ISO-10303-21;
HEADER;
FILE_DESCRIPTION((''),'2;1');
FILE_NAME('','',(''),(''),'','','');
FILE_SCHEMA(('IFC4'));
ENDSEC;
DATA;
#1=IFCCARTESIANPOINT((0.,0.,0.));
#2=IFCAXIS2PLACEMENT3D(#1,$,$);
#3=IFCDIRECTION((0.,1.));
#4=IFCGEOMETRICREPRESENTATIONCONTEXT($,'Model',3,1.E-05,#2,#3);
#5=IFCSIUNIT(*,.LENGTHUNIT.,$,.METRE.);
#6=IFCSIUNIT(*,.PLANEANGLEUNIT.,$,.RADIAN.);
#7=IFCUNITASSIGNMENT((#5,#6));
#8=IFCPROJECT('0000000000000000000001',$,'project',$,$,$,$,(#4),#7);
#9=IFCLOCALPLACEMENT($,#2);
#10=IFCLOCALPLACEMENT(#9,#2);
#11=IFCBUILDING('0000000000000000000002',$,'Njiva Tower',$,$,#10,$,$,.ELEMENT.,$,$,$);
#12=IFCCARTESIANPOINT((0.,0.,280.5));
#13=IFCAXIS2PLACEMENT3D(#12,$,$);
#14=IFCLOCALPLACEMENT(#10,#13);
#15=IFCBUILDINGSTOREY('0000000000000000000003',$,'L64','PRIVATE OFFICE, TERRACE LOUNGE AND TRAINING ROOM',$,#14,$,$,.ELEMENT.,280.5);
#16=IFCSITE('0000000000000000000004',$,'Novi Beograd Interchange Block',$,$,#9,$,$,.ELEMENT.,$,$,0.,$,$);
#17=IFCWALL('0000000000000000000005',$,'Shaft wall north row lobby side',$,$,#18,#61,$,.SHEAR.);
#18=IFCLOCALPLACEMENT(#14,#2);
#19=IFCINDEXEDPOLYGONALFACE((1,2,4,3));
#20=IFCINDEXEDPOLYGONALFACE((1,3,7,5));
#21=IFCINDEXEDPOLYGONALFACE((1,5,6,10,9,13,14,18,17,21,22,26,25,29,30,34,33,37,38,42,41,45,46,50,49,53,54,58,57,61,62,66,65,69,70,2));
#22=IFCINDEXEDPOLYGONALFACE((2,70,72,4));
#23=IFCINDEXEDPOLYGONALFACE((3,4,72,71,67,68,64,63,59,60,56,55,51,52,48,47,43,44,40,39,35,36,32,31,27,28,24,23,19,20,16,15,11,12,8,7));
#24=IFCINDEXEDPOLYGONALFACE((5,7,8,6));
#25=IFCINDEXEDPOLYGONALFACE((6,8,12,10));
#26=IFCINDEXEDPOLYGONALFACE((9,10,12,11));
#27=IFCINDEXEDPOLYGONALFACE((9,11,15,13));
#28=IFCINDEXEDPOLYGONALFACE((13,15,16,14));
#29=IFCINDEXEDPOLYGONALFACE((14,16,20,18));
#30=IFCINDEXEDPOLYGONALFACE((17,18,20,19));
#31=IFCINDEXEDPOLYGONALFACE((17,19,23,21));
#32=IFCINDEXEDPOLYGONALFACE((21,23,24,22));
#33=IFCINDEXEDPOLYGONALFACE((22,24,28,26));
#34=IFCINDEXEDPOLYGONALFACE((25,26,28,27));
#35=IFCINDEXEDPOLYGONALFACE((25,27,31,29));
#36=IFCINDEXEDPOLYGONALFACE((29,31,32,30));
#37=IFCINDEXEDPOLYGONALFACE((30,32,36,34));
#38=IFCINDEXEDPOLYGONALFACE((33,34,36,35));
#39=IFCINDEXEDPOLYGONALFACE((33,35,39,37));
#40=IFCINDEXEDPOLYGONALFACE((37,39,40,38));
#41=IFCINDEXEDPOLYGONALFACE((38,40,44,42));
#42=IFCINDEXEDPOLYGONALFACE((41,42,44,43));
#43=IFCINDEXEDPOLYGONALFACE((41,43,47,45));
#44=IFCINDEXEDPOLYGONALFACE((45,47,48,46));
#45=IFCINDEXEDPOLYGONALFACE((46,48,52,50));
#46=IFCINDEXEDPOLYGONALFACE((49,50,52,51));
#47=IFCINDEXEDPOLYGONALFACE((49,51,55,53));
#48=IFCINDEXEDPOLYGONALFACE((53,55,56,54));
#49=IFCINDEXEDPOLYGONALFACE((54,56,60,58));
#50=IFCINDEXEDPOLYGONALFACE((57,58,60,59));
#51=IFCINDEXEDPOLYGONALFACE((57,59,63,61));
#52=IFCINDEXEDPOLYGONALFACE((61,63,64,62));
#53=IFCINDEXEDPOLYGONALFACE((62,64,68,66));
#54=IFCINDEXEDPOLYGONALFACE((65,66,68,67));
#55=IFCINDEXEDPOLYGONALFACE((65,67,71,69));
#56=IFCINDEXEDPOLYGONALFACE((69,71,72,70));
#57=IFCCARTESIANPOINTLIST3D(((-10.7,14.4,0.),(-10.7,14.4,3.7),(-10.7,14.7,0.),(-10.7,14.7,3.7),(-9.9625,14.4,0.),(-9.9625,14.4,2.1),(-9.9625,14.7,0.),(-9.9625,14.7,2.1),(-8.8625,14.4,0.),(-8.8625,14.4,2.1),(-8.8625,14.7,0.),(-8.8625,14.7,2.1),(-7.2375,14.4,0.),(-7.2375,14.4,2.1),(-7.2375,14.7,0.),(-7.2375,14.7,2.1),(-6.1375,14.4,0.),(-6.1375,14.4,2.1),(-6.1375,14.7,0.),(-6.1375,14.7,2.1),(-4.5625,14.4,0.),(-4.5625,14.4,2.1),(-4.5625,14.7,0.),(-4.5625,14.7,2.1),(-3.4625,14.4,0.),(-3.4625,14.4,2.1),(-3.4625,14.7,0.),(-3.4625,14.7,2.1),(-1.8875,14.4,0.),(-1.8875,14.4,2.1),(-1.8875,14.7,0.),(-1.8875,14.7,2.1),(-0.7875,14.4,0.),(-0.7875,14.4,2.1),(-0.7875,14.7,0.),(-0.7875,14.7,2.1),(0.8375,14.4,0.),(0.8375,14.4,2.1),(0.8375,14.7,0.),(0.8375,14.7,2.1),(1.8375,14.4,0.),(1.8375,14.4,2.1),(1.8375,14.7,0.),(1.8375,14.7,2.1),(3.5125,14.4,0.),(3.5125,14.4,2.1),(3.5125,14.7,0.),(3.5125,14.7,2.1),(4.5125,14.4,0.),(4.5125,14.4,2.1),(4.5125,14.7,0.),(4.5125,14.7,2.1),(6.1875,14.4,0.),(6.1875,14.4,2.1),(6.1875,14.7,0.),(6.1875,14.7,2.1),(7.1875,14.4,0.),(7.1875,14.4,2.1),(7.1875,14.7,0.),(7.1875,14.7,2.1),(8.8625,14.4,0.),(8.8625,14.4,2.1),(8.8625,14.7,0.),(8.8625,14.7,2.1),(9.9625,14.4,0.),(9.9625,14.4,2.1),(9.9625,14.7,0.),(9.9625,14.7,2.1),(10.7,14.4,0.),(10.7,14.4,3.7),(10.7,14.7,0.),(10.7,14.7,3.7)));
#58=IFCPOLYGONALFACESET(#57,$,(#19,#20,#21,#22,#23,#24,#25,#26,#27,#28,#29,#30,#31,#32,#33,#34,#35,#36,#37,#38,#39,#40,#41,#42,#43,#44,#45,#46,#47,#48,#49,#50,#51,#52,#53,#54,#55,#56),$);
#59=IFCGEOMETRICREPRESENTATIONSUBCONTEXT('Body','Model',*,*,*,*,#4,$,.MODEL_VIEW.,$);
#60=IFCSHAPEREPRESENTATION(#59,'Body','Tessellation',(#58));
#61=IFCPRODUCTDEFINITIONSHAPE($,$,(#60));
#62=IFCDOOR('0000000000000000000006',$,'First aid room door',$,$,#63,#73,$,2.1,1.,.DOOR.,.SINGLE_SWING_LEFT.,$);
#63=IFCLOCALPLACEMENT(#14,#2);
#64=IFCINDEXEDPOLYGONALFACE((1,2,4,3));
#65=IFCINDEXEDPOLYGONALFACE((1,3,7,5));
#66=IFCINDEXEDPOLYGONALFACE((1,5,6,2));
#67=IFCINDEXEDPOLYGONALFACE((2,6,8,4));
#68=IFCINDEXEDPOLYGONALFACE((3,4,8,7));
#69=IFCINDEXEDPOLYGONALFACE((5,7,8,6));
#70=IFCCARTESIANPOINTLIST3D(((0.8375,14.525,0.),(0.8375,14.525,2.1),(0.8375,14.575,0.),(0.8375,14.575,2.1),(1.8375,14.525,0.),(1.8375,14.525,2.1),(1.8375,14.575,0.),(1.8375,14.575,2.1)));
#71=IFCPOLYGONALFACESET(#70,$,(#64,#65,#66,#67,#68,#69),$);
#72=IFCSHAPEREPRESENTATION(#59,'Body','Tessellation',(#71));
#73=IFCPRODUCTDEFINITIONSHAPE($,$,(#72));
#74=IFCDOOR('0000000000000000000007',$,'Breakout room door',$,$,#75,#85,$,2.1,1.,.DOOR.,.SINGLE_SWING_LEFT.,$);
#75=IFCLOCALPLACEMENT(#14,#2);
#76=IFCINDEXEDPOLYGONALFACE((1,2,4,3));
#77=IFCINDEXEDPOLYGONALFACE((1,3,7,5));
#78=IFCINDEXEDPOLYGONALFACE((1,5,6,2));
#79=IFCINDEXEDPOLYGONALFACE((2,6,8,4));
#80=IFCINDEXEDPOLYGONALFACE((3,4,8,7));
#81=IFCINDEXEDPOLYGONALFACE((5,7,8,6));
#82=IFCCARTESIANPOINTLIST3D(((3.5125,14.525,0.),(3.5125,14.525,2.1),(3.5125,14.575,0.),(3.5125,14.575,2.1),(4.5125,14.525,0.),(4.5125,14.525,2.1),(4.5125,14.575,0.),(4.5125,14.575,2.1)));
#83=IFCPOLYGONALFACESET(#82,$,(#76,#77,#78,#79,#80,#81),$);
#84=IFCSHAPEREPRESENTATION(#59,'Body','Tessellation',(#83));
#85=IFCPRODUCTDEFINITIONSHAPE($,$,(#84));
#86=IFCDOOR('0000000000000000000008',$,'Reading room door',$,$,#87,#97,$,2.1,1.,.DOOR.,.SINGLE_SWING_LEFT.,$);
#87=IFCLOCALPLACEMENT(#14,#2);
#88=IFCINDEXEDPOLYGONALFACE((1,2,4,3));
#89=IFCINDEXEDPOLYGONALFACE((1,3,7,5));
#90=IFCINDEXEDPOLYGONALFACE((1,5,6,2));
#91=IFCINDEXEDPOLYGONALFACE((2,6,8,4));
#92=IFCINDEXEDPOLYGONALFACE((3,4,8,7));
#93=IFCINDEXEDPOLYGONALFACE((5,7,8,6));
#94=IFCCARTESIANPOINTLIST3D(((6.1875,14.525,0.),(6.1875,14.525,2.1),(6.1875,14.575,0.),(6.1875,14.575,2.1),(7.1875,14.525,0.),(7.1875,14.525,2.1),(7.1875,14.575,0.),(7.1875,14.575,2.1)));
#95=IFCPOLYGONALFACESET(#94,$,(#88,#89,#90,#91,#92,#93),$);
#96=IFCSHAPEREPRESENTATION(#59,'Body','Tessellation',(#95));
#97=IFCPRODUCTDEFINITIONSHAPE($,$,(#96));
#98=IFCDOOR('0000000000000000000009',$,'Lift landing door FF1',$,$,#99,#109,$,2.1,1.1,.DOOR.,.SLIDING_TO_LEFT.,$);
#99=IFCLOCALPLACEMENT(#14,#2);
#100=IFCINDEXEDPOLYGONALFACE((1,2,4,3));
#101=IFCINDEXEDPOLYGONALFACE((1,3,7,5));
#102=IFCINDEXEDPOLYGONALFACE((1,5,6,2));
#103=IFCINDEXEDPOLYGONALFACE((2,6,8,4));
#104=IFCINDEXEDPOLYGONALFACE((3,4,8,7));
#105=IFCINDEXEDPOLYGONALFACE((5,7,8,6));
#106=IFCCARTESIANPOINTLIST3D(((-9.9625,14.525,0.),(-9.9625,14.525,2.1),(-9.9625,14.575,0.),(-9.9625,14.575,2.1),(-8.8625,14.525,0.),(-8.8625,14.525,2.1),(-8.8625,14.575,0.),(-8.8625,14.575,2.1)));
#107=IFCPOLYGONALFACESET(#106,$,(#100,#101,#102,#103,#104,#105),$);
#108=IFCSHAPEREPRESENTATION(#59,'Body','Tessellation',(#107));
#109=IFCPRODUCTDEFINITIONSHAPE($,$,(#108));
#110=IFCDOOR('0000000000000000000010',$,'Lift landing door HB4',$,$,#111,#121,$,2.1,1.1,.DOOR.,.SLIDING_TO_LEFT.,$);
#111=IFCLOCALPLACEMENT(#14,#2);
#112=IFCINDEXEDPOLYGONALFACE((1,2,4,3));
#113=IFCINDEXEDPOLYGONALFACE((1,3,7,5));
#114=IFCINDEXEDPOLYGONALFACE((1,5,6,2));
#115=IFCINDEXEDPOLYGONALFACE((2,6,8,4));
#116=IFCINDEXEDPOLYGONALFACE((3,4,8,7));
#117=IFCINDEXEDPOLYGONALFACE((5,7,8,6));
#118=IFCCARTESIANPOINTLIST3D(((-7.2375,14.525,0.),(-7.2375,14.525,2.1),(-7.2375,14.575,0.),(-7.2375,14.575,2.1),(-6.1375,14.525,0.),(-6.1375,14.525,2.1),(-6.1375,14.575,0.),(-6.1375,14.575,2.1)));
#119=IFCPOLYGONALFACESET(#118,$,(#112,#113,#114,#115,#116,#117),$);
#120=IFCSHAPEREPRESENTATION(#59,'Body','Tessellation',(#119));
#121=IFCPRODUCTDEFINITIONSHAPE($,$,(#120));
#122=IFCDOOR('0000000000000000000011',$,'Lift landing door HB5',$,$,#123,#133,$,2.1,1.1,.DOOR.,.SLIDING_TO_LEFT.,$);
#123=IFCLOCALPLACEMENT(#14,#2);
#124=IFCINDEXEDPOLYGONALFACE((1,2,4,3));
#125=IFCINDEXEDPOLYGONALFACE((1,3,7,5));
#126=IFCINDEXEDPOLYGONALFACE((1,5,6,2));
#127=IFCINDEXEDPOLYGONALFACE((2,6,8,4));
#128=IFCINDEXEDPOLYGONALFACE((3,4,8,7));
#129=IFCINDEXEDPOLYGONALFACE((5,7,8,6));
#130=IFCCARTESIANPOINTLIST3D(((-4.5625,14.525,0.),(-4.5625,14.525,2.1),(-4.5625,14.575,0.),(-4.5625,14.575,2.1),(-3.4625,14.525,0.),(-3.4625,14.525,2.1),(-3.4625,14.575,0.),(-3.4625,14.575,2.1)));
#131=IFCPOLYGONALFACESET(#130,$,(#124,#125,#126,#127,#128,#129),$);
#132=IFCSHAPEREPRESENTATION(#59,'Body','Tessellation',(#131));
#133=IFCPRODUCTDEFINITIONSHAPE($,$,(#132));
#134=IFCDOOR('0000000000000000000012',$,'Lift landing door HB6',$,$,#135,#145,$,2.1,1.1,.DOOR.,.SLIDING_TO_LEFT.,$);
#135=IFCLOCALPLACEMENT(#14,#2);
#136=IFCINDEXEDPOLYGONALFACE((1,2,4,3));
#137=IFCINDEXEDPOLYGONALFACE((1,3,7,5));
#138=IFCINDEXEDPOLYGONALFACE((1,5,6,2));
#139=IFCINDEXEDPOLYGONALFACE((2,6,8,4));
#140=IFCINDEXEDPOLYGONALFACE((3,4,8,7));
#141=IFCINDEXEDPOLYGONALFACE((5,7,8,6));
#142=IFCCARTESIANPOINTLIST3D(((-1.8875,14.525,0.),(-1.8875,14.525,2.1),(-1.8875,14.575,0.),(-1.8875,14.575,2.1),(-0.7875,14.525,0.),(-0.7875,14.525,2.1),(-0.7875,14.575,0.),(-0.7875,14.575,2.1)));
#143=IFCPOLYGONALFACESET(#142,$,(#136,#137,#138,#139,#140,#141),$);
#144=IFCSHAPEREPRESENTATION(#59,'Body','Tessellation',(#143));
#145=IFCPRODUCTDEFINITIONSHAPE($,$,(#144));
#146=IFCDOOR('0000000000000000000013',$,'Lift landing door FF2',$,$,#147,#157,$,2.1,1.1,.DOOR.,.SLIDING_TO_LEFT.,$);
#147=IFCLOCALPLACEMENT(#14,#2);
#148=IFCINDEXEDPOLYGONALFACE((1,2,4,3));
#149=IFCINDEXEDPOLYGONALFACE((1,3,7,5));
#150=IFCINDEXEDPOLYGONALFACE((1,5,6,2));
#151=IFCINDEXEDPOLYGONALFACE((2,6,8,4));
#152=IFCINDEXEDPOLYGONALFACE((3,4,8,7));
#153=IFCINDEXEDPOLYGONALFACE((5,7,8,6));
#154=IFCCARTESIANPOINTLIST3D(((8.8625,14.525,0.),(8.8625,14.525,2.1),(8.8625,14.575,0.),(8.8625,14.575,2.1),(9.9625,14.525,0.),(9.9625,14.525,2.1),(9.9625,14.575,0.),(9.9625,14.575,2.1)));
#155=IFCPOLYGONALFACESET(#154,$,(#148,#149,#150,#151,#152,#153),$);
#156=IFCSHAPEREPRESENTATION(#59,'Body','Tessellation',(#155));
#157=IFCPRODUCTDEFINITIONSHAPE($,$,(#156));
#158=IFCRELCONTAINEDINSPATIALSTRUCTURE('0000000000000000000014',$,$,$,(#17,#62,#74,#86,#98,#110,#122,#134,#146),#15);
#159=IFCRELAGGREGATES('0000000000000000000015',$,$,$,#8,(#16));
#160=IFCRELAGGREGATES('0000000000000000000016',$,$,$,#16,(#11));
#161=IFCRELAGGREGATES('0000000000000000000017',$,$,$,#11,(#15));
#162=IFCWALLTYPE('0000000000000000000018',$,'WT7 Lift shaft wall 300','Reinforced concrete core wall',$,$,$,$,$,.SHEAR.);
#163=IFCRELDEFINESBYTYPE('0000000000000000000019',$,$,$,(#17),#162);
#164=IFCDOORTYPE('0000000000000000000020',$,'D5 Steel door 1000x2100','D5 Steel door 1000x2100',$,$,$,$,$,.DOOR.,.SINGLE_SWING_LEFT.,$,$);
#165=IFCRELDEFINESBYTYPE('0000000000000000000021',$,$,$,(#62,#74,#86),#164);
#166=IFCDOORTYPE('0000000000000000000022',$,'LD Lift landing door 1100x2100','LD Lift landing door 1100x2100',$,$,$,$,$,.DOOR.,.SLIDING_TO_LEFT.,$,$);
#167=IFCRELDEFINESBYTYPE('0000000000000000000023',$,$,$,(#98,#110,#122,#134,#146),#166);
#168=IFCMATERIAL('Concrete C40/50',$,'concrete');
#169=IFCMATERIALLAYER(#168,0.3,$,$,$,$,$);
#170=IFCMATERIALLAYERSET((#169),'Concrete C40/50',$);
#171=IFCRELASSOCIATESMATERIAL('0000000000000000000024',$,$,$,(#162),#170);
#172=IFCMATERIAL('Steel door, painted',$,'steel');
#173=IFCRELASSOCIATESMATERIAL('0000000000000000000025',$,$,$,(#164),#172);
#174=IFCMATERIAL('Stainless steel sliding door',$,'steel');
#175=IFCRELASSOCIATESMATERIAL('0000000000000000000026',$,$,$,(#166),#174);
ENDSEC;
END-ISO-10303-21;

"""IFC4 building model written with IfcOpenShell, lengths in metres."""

from ifc_helpers import new_model, si_unit, direction, frame, frame_2d, origin, place, context, subcontext, project, spatial, rectangle, extrude, material, layer, layer_set, type_object, element, fill, save


model = new_model("IFC4")

# Units and contexts
model_context = context("Model", 3, precision=1e-05, world=origin(), true_north=direction((0.0, 1.0)))
body_context = subcontext(model_context, "Body", "Model", "MODEL_VIEW")
ifc_project = project(units=[si_unit("LENGTHUNIT", "METRE"), si_unit("PLANEANGLEUNIT", "RADIAN")], contexts=[model_context])

# Site, building, storey
site_placement = place(None, origin())
site = spatial("IfcSite", under=ifc_project, at=site_placement, Name="Novi Beograd Interchange Block", CompositionType="ELEMENT", RefElevation=0.0)
building_placement = place(site_placement, origin())
building = spatial("IfcBuilding", under=site, at=building_placement, Name="Njiva Tower", CompositionType="ELEMENT")
storey_placement = place(building_placement, frame((0.0, 0.0, 280.5)))
storey = spatial("IfcBuildingStorey", under=building, at=storey_placement, Name="L64", Description="PRIVATE OFFICE, TERRACE LOUNGE AND TRAINING ROOM", CompositionType="ELEMENT", Elevation=280.5)

# Shared definitions
ifc_material_1 = material(Name="Concrete C40/50", Category="concrete")

# Wall, openings, doors
ifc_layer_1 = layer(ifc_material_1, 0.3)
ifc_layer_set_1 = layer_set([ifc_layer_1], Name="Concrete C40/50")
wall_type_1 = type_object("IfcWallType", Name="WT7 Lift shaft wall 300", Description="Reinforced concrete core wall", PredefinedType="SHEAR", material=ifc_layer_set_1)
wall_1_placement = place(storey_placement, frame((-10.7, 14.55, 0.0), z_axis=(0.0, 0.0, 1.0), x_axis=(1.0, 0.0, 0.0)))
wall_1 = element("IfcWall", 1, at=wall_1_placement, inside=storey, type_object=wall_type_1, Name="Shaft wall north row lobby side", PredefinedType="SHEAR", context=body_context, shape_type="SweptSolid", body=[
    extrude(rectangle(XDim=21.4, YDim=0.3, at=frame_2d((10.7, 0.0))), origin(), (0.0, 0.0, 1.0), 3.7),
])
opening_1_placement = place(wall_1_placement, frame((0.7375, 0.0, 0.0)))
opening_1 = element("IfcOpeningElement", 2, at=opening_1_placement, cuts=wall_1, PredefinedType="OPENING", context=body_context, shape_type="SweptSolid", body=[
    extrude(rectangle(XDim=1.1, YDim=2.1, at=frame_2d((0.55, 1.05))), frame((0.0, 0.16, 0.0), z_axis=(0.0, -1.0, 0.0), x_axis=(1.0, 0.0, 0.0)), (0.0, 0.0, 1.0), 0.32),
])
opening_2_placement = place(wall_1_placement, frame((3.4625, 0.0, 0.0)))
opening_2 = element("IfcOpeningElement", 3, at=opening_2_placement, cuts=wall_1, PredefinedType="OPENING", context=body_context, shape_type="SweptSolid", body=[
    extrude(rectangle(XDim=1.1, YDim=2.1, at=frame_2d((0.55, 1.05))), frame((0.0, 0.16, 0.0), z_axis=(0.0, -1.0, 0.0), x_axis=(1.0, 0.0, 0.0)), (0.0, 0.0, 1.0), 0.32),
])
opening_3_placement = place(wall_1_placement, frame((6.1375, 0.0, 0.0)))
opening_3 = element("IfcOpeningElement", 4, at=opening_3_placement, cuts=wall_1, PredefinedType="OPENING", context=body_context, shape_type="SweptSolid", body=[
    extrude(rectangle(XDim=1.1, YDim=2.1, at=frame_2d((0.55, 1.05))), frame((0.0, 0.16, 0.0), z_axis=(0.0, -1.0, 0.0), x_axis=(1.0, 0.0, 0.0)), (0.0, 0.0, 1.0), 0.32),
])
opening_4_placement = place(wall_1_placement, frame((8.8125, 0.0, 0.0)))
opening_4 = element("IfcOpeningElement", 5, at=opening_4_placement, cuts=wall_1, PredefinedType="OPENING", context=body_context, shape_type="SweptSolid", body=[
    extrude(rectangle(XDim=1.1, YDim=2.1, at=frame_2d((0.55, 1.05))), frame((0.0, 0.16, 0.0), z_axis=(0.0, -1.0, 0.0), x_axis=(1.0, 0.0, 0.0)), (0.0, 0.0, 1.0), 0.32),
])
opening_5_placement = place(wall_1_placement, frame((19.5625, 0.0, 0.0)))
opening_5 = element("IfcOpeningElement", 6, at=opening_5_placement, cuts=wall_1, PredefinedType="OPENING", context=body_context, shape_type="SweptSolid", body=[
    extrude(rectangle(XDim=1.1, YDim=2.1, at=frame_2d((0.55, 1.05))), frame((0.0, 0.16, 0.0), z_axis=(0.0, -1.0, 0.0), x_axis=(1.0, 0.0, 0.0)), (0.0, 0.0, 1.0), 0.32),
])
opening_6_placement = place(wall_1_placement, frame((11.5375, 0.0, 0.0)))
opening_6 = element("IfcOpeningElement", 7, at=opening_6_placement, cuts=wall_1, PredefinedType="OPENING", context=body_context, shape_type="SweptSolid", body=[
    extrude(rectangle(XDim=1.0, YDim=2.1, at=frame_2d((0.5, 1.05))), frame((0.0, 0.16, 0.0), z_axis=(0.0, -1.0, 0.0), x_axis=(1.0, 0.0, 0.0)), (0.0, 0.0, 1.0), 0.32),
])
opening_7_placement = place(wall_1_placement, frame((14.2125, 0.0, 0.0)))
opening_7 = element("IfcOpeningElement", 8, at=opening_7_placement, cuts=wall_1, PredefinedType="OPENING", context=body_context, shape_type="SweptSolid", body=[
    extrude(rectangle(XDim=1.0, YDim=2.1, at=frame_2d((0.5, 1.05))), frame((0.0, 0.16, 0.0), z_axis=(0.0, -1.0, 0.0), x_axis=(1.0, 0.0, 0.0)), (0.0, 0.0, 1.0), 0.32),
])
opening_8_placement = place(wall_1_placement, frame((16.8875, 0.0, 0.0)))
opening_8 = element("IfcOpeningElement", 9, at=opening_8_placement, cuts=wall_1, PredefinedType="OPENING", context=body_context, shape_type="SweptSolid", body=[
    extrude(rectangle(XDim=1.0, YDim=2.1, at=frame_2d((0.5, 1.05))), frame((0.0, 0.16, 0.0), z_axis=(0.0, -1.0, 0.0), x_axis=(1.0, 0.0, 0.0)), (0.0, 0.0, 1.0), 0.32),
])
ifc_material_2 = material(Name="Steel door, painted", Category="steel")
door_type_1 = type_object("IfcDoorType", Name="D5 Steel door 1000x2100", Description="D5 Steel door 1000x2100", OperationType="SINGLE_SWING_LEFT", PredefinedType="DOOR", material=ifc_material_2)
door_1_placement = place(opening_6_placement, origin())
door_1 = element("IfcDoor", 10, at=door_1_placement, inside=storey, type_object=door_type_1, Name="First aid room door", OperationType="SINGLE_SWING_LEFT", OverallHeight=2.1, OverallWidth=1.0, PredefinedType="DOOR", context=body_context, shape_type="SweptSolid", body=[
    extrude(rectangle(XDim=1.0, YDim=2.1, at=frame_2d((0.5, 1.05))), frame((0.0, 0.025, 0.0), z_axis=(0.0, -1.0, 0.0), x_axis=(1.0, 0.0, 0.0)), (0.0, 0.0, 1.0), 0.05),
])
fill(opening_6, door_1)
door_2_placement = place(opening_7_placement, origin())
door_2 = element("IfcDoor", 11, at=door_2_placement, inside=storey, type_object=door_type_1, Name="Breakout room door", OperationType="SINGLE_SWING_LEFT", OverallHeight=2.1, OverallWidth=1.0, PredefinedType="DOOR", context=body_context, shape_type="SweptSolid", body=[
    extrude(rectangle(XDim=1.0, YDim=2.1, at=frame_2d((0.5, 1.05))), frame((0.0, 0.025, 0.0), z_axis=(0.0, -1.0, 0.0), x_axis=(1.0, 0.0, 0.0)), (0.0, 0.0, 1.0), 0.05),
])
fill(opening_7, door_2)
door_3_placement = place(opening_8_placement, origin())
door_3 = element("IfcDoor", 12, at=door_3_placement, inside=storey, type_object=door_type_1, Name="Reading room door", OperationType="SINGLE_SWING_LEFT", OverallHeight=2.1, OverallWidth=1.0, PredefinedType="DOOR", context=body_context, shape_type="SweptSolid", body=[
    extrude(rectangle(XDim=1.0, YDim=2.1, at=frame_2d((0.5, 1.05))), frame((0.0, 0.025, 0.0), z_axis=(0.0, -1.0, 0.0), x_axis=(1.0, 0.0, 0.0)), (0.0, 0.0, 1.0), 0.05),
])
fill(opening_8, door_3)
ifc_material_3 = material(Name="Stainless steel sliding door", Category="steel")
door_type_2 = type_object("IfcDoorType", Name="LD Lift landing door 1100x2100", Description="LD Lift landing door 1100x2100", OperationType="SLIDING_TO_LEFT", PredefinedType="DOOR", material=ifc_material_3)
door_4_placement = place(opening_1_placement, origin())
door_4 = element("IfcDoor", 13, at=door_4_placement, inside=storey, type_object=door_type_2, Name="Lift landing door FF1", OperationType="SLIDING_TO_LEFT", OverallHeight=2.1, OverallWidth=1.1, PredefinedType="DOOR", context=body_context, shape_type="SweptSolid", body=[
    extrude(rectangle(XDim=1.1, YDim=2.1, at=frame_2d((0.55, 1.05))), frame((0.0, 0.025, 0.0), z_axis=(0.0, -1.0, 0.0), x_axis=(1.0, 0.0, 0.0)), (0.0, 0.0, 1.0), 0.05),
])
fill(opening_1, door_4)
door_5_placement = place(opening_2_placement, origin())
door_5 = element("IfcDoor", 14, at=door_5_placement, inside=storey, type_object=door_type_2, Name="Lift landing door HB4", OperationType="SLIDING_TO_LEFT", OverallHeight=2.1, OverallWidth=1.1, PredefinedType="DOOR", context=body_context, shape_type="SweptSolid", body=[
    extrude(rectangle(XDim=1.1, YDim=2.1, at=frame_2d((0.55, 1.05))), frame((0.0, 0.025, 0.0), z_axis=(0.0, -1.0, 0.0), x_axis=(1.0, 0.0, 0.0)), (0.0, 0.0, 1.0), 0.05),
])
fill(opening_2, door_5)
door_6_placement = place(opening_3_placement, origin())
door_6 = element("IfcDoor", 15, at=door_6_placement, inside=storey, type_object=door_type_2, Name="Lift landing door HB5", OperationType="SLIDING_TO_LEFT", OverallHeight=2.1, OverallWidth=1.1, PredefinedType="DOOR", context=body_context, shape_type="SweptSolid", body=[
    extrude(rectangle(XDim=1.1, YDim=2.1, at=frame_2d((0.55, 1.05))), frame((0.0, 0.025, 0.0), z_axis=(0.0, -1.0, 0.0), x_axis=(1.0, 0.0, 0.0)), (0.0, 0.0, 1.0), 0.05),
])
fill(opening_3, door_6)
door_7_placement = place(opening_4_placement, origin())
door_7 = element("IfcDoor", 16, at=door_7_placement, inside=storey, type_object=door_type_2, Name="Lift landing door HB6", OperationType="SLIDING_TO_LEFT", OverallHeight=2.1, OverallWidth=1.1, PredefinedType="DOOR", context=body_context, shape_type="SweptSolid", body=[
    extrude(rectangle(XDim=1.1, YDim=2.1, at=frame_2d((0.55, 1.05))), frame((0.0, 0.025, 0.0), z_axis=(0.0, -1.0, 0.0), x_axis=(1.0, 0.0, 0.0)), (0.0, 0.0, 1.0), 0.05),
])
fill(opening_4, door_7)
door_8_placement = place(opening_5_placement, origin())
door_8 = element("IfcDoor", 17, at=door_8_placement, inside=storey, type_object=door_type_2, Name="Lift landing door FF2", OperationType="SLIDING_TO_LEFT", OverallHeight=2.1, OverallWidth=1.1, PredefinedType="DOOR", context=body_context, shape_type="SweptSolid", body=[
    extrude(rectangle(XDim=1.1, YDim=2.1, at=frame_2d((0.55, 1.05))), frame((0.0, 0.025, 0.0), z_axis=(0.0, -1.0, 0.0), x_axis=(1.0, 0.0, 0.0)), (0.0, 0.0, 1.0), 0.05),
])
fill(opening_5, door_8)

save(model, "model.ifc")
